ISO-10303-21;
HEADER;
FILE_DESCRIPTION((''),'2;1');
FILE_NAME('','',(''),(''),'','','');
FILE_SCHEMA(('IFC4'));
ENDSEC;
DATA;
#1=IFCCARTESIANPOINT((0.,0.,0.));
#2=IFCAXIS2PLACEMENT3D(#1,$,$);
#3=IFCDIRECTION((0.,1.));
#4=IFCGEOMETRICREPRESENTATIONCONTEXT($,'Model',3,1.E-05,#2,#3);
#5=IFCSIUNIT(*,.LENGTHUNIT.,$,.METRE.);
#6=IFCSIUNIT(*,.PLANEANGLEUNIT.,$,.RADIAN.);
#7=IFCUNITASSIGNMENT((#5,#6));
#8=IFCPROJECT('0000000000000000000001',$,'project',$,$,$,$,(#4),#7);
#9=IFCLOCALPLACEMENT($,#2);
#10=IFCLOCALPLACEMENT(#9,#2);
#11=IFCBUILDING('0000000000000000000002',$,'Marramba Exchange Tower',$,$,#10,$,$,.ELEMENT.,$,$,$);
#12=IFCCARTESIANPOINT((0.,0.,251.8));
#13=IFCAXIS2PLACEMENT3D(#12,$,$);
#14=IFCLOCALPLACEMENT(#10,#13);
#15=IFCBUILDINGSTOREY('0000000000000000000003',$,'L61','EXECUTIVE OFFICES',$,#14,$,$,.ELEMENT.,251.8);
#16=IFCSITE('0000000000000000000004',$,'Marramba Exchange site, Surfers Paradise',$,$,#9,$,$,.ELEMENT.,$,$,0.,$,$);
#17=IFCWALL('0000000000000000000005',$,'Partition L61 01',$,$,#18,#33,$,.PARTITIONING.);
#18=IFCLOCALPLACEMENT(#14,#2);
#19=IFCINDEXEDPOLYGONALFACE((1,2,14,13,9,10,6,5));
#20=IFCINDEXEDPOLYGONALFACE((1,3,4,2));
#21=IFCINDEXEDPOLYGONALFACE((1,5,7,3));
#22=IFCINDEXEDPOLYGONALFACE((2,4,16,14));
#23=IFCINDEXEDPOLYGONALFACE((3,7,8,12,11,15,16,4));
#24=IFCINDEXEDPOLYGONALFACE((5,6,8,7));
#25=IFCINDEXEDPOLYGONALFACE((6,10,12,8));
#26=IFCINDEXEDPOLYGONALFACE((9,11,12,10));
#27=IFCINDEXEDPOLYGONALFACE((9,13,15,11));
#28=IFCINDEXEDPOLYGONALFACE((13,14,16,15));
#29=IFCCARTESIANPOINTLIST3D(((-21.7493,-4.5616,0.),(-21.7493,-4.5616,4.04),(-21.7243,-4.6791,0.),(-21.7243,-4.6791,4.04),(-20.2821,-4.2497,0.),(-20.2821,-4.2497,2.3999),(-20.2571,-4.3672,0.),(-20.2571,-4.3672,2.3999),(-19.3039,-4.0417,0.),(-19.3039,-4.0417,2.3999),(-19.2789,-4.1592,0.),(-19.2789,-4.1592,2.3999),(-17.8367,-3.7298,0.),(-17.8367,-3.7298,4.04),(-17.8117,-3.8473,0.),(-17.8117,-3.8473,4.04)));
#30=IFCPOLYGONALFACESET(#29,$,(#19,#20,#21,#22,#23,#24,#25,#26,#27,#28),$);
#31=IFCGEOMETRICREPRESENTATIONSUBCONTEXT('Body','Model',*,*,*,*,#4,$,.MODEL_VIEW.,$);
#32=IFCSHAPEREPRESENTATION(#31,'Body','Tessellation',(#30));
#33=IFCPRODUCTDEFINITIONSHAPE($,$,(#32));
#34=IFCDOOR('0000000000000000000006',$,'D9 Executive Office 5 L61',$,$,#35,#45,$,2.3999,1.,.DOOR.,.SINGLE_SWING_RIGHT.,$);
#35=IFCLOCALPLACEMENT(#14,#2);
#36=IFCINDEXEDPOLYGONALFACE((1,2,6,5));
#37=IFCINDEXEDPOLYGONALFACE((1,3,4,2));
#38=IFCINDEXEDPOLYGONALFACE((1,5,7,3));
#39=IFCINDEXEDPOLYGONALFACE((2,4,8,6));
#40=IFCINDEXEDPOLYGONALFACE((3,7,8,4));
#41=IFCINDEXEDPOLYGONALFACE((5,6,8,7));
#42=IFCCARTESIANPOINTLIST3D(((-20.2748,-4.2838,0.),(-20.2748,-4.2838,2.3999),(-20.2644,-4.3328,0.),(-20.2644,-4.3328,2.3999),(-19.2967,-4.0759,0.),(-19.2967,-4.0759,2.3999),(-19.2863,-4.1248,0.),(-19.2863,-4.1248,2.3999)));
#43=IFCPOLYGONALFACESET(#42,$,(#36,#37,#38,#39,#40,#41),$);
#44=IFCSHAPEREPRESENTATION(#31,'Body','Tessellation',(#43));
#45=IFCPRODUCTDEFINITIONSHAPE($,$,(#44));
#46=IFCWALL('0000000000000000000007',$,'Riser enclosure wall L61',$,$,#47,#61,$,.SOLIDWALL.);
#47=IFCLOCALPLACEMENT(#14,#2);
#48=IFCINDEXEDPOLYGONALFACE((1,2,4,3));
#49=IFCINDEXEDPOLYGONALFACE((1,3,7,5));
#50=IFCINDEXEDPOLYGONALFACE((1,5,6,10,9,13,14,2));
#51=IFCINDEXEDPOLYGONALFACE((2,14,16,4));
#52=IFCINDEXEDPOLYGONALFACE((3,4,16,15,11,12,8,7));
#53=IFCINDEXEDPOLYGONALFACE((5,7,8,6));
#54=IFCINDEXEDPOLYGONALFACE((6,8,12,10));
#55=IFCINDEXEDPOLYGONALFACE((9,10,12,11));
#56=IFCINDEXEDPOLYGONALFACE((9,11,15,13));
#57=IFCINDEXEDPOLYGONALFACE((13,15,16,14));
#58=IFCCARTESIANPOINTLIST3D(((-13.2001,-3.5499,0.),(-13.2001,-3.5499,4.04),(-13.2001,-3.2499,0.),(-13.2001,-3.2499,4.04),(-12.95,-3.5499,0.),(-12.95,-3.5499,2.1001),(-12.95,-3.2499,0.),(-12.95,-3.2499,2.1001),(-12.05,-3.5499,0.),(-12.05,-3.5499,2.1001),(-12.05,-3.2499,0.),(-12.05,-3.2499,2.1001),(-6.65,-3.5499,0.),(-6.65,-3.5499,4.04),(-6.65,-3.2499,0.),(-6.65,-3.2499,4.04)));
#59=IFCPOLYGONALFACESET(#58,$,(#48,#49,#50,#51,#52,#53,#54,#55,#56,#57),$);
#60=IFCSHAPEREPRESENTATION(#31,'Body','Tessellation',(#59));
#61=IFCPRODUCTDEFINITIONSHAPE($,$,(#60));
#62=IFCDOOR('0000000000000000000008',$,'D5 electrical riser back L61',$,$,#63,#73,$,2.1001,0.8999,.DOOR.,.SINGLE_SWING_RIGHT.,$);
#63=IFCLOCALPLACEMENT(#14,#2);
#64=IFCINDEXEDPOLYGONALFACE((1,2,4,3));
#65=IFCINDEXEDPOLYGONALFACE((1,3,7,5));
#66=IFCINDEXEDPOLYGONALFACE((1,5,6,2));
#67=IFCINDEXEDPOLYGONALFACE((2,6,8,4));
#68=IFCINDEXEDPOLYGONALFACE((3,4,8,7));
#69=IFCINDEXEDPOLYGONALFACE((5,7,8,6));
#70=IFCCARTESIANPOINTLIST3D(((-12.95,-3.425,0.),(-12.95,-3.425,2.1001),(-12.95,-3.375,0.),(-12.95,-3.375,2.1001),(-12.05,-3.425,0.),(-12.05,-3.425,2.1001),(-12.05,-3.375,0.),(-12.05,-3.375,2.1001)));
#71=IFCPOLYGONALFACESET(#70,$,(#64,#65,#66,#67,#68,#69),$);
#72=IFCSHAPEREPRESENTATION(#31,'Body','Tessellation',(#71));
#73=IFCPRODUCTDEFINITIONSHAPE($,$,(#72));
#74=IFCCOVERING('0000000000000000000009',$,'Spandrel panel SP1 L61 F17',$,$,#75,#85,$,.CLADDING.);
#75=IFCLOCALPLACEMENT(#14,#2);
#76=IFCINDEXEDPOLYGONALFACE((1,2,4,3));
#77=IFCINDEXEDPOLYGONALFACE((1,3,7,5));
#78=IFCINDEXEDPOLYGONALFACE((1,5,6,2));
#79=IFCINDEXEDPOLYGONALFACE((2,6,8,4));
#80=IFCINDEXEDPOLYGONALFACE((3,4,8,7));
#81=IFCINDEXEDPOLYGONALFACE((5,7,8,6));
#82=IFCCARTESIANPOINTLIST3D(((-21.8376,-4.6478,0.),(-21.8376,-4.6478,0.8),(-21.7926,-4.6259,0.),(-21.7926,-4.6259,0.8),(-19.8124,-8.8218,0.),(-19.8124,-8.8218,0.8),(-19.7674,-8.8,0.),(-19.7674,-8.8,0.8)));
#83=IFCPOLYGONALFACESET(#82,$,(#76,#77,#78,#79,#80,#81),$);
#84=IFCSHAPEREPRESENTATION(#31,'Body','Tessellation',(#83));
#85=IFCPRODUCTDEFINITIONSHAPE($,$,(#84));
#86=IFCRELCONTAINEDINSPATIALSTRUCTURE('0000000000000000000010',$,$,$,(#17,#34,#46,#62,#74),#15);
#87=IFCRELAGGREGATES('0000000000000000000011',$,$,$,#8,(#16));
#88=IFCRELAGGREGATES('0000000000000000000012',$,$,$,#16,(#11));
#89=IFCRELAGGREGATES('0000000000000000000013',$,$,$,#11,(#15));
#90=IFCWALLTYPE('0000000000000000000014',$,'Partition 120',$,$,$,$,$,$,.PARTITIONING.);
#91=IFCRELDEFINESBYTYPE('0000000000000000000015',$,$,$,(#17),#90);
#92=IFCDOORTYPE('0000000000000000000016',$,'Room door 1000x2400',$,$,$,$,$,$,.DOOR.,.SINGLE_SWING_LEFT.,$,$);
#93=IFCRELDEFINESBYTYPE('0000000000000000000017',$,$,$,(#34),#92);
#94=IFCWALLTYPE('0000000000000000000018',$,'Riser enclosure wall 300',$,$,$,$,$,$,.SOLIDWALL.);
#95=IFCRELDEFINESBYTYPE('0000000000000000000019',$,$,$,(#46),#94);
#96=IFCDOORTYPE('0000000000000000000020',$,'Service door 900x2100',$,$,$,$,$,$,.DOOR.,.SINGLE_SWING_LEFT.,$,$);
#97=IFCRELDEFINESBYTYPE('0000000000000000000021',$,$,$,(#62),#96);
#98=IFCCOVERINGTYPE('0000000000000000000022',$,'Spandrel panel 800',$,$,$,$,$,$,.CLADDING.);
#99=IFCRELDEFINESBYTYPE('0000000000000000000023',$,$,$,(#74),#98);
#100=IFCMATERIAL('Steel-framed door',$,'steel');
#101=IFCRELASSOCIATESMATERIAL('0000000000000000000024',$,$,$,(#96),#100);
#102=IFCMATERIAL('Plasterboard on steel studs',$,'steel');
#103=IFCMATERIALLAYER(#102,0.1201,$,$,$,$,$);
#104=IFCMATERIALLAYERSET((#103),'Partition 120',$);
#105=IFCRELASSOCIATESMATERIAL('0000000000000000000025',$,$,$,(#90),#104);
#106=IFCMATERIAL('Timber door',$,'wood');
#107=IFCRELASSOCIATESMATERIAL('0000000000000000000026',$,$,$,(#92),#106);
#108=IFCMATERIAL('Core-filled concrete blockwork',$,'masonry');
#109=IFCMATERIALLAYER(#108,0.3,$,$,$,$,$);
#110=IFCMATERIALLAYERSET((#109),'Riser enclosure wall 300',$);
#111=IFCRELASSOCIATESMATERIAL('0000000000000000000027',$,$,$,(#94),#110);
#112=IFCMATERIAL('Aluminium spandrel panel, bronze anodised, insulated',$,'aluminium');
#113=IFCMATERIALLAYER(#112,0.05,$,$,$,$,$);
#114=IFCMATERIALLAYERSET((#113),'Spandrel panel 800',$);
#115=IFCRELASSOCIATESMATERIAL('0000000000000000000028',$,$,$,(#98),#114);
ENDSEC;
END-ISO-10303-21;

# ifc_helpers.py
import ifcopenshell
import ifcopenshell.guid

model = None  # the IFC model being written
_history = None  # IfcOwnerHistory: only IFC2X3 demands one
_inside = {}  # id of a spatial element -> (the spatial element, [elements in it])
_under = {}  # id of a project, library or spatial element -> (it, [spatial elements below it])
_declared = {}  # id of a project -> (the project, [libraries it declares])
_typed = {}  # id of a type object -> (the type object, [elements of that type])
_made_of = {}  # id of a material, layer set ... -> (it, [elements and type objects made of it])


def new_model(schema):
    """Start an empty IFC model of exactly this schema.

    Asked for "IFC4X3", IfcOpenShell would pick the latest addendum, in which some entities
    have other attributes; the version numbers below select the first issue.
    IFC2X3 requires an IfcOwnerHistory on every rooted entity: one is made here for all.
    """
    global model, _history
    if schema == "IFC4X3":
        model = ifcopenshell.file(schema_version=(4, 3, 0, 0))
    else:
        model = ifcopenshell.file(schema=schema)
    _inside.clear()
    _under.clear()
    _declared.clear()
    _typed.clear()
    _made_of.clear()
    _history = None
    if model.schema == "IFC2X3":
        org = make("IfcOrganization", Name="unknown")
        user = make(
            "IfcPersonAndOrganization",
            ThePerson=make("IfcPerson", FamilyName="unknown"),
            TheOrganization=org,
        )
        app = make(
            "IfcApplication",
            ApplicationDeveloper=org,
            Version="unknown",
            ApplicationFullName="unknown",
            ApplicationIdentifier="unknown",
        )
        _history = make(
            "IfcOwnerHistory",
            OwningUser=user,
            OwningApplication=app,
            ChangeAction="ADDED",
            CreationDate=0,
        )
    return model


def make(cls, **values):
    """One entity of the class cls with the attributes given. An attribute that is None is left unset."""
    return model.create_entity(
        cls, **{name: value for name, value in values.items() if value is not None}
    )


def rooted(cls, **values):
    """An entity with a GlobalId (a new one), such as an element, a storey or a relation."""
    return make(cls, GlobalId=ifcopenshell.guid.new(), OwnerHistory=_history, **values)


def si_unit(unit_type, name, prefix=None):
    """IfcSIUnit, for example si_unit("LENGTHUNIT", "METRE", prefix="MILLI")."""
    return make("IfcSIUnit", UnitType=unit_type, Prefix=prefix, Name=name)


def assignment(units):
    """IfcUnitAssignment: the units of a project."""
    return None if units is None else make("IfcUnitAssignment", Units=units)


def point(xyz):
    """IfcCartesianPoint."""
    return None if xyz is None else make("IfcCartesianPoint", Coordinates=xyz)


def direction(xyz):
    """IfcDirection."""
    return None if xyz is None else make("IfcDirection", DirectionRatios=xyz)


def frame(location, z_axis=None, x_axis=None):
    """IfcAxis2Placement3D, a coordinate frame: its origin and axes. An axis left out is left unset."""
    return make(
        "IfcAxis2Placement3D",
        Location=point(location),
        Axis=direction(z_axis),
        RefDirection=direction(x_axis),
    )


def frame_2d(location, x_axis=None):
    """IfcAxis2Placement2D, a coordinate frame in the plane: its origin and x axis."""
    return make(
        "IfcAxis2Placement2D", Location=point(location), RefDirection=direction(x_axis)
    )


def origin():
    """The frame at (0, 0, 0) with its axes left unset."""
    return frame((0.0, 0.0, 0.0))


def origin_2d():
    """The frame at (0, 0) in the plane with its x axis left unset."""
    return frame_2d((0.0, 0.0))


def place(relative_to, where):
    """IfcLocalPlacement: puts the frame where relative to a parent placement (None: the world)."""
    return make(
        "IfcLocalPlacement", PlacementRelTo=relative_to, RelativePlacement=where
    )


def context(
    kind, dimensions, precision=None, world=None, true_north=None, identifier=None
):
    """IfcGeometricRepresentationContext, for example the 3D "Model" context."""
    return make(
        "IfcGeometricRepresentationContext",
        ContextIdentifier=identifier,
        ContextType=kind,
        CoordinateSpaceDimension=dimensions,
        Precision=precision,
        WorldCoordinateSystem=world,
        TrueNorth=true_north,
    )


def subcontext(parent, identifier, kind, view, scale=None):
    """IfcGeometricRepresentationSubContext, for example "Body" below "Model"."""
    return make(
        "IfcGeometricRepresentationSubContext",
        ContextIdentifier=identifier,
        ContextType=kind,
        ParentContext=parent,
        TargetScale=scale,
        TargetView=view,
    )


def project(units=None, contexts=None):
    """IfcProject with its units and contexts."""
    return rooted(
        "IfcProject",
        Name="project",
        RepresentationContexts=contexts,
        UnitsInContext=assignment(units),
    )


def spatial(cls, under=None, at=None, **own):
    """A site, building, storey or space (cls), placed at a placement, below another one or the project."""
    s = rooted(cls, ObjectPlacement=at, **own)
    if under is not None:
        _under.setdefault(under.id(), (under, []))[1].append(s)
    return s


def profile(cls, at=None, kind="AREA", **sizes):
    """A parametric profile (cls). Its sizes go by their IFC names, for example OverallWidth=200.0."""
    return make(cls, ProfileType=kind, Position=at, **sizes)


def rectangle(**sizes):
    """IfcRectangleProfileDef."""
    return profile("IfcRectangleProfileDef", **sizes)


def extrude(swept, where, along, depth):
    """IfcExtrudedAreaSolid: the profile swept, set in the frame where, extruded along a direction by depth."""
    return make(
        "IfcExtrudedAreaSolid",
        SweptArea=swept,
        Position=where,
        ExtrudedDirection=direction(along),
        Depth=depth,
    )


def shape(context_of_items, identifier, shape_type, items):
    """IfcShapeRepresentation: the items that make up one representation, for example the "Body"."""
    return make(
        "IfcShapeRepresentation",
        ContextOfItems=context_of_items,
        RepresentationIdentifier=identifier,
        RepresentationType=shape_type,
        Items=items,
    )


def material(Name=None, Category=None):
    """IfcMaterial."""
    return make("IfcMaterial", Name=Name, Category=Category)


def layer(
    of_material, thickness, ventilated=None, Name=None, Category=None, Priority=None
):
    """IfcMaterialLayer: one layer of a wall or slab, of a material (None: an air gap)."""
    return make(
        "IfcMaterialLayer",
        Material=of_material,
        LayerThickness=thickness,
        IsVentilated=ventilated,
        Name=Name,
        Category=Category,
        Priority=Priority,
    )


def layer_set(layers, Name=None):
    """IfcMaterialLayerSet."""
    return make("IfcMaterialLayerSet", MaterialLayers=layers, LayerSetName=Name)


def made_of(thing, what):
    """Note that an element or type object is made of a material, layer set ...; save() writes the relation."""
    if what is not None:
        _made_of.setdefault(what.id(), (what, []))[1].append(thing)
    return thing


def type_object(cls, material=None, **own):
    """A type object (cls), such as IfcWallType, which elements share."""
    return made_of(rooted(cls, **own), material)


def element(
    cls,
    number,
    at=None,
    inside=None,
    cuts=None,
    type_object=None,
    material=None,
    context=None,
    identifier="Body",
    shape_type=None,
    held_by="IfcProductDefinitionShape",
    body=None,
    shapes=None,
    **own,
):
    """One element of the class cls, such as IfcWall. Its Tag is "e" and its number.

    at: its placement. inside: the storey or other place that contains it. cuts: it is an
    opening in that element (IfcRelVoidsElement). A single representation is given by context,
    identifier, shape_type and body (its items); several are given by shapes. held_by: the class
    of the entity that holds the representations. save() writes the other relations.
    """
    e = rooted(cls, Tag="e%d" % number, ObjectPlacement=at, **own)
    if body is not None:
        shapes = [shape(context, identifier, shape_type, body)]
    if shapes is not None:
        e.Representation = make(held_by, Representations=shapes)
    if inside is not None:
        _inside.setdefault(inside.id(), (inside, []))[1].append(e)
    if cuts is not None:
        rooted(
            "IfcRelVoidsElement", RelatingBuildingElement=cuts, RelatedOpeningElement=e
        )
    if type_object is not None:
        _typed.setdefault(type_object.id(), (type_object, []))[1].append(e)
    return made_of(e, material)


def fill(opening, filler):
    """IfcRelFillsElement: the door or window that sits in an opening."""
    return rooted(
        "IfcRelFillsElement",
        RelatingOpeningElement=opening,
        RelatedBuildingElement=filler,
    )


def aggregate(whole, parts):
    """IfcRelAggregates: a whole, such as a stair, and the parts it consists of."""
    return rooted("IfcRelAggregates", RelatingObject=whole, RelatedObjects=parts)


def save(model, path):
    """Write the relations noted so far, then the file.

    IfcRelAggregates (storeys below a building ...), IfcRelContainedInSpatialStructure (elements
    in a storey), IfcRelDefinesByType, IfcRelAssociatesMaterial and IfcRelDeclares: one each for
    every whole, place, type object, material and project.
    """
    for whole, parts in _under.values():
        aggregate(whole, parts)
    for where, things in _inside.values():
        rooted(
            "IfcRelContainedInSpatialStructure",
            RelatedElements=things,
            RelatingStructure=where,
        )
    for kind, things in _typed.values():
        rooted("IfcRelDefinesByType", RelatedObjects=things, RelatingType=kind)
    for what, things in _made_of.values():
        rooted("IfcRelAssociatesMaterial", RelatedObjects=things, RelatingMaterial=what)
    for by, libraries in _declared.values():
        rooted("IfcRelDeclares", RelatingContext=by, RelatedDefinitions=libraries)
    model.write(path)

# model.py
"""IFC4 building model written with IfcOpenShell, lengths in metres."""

from ifc_helpers import new_model, si_unit, direction, frame, frame_2d, origin, origin_2d, place, context, subcontext, project, spatial, rectangle, extrude, material, layer, layer_set, type_object, element, fill, save


model = new_model("IFC4")

# Units and contexts
model_context = context("Model", 3, precision=1e-05, world=origin(), true_north=direction((0.0, 1.0)))
body_context = subcontext(model_context, "Body", "Model", "MODEL_VIEW")
ifc_project = project(units=[si_unit("LENGTHUNIT", "METRE"), si_unit("PLANEANGLEUNIT", "RADIAN")], contexts=[model_context])

# Site, building, storey
site_placement = place(None, origin())
site = spatial("IfcSite", under=ifc_project, at=site_placement, Name="Marramba Exchange site, Surfers Paradise", CompositionType="ELEMENT", RefElevation=0.0)
building_placement = place(site_placement, origin())
building = spatial("IfcBuilding", under=site, at=building_placement, Name="Marramba Exchange Tower", CompositionType="ELEMENT")
storey_placement = place(building_placement, frame((0.0, 0.0, 251.8)))
storey = spatial("IfcBuildingStorey", under=building, at=storey_placement, Name="L61", Description="EXECUTIVE OFFICES", CompositionType="ELEMENT", Elevation=251.8)

# Shared definitions
ifc_material_1 = material(Name="Steel-framed door", Category="steel")
door_type_1 = type_object("IfcDoorType", Name="Service door 900x2100", OperationType="SINGLE_SWING_LEFT", PredefinedType="DOOR", material=ifc_material_1)

# Walls, openings, doors
ifc_material_2 = material(Name="Plasterboard on steel studs", Category="steel")
ifc_layer_1 = layer(ifc_material_2, 0.1201)
ifc_layer_set_1 = layer_set([ifc_layer_1], Name="Partition 120")
wall_type_1 = type_object("IfcWallType", Name="Partition 120", PredefinedType="PARTITIONING", material=ifc_layer_set_1)
wall_1_placement = place(storey_placement, frame((-17.8242, -3.7886, 0.0), z_axis=(0.0, 0.0, 1.0), x_axis=(-0.978141, -0.207945, 0.0)))
wall_1 = element("IfcWall", 1, at=wall_1_placement, inside=storey, type_object=wall_type_1, Name="Partition L61 01", PredefinedType="PARTITIONING", context=body_context, shape_type="SweptSolid", body=[
    extrude(rectangle(XDim=4.0, YDim=0.1201, at=frame_2d((2.0, 0.0))), origin(), (0.0, 0.0, 1.0), 4.04),
])
opening_1_placement = place(wall_1_placement, frame((1.5, 0.0, 0.0)))
opening_1 = element("IfcOpeningElement", 2, at=opening_1_placement, cuts=wall_1, PredefinedType="OPENING", context=body_context, shape_type="SweptSolid", body=[
    extrude(rectangle(XDim=1.0, YDim=2.3999, at=frame_2d((0.5, 1.2))), frame((0.0, 0.0701, 0.0), z_axis=(0.0, -1.0, 0.0), x_axis=(1.0, 0.0, 0.0)), (0.0, 0.0, 1.0), 0.1401),
])
ifc_material_3 = material(Name="Timber door", Category="wood")
door_type_2 = type_object("IfcDoorType", Name="Room door 1000x2400", OperationType="SINGLE_SWING_LEFT", PredefinedType="DOOR", material=ifc_material_3)
door_1_placement = place(opening_1_placement, origin())
door_1 = element("IfcDoor", 3, at=door_1_placement, inside=storey, type_object=door_type_2, Name="D9 Executive Office 5 L61", OperationType="SINGLE_SWING_RIGHT", OverallHeight=2.3999, OverallWidth=1.0, PredefinedType="DOOR", context=body_context, shape_type="SweptSolid", body=[
    extrude(rectangle(XDim=1.0, YDim=2.3999, at=frame_2d((0.5, 1.2))), frame((0.0, 0.0249, 0.0), z_axis=(0.0, -1.0, 0.0), x_axis=(1.0, 0.0, 0.0)), (0.0, 0.0, 1.0), 0.05),
])
fill(opening_1, door_1)
ifc_material_4 = material(Name="Core-filled concrete blockwork", Category="masonry")
ifc_layer_2 = layer(ifc_material_4, 0.3)
ifc_layer_set_2 = layer_set([ifc_layer_2], Name="Riser enclosure wall 300")
wall_type_2 = type_object("IfcWallType", Name="Riser enclosure wall 300", PredefinedType="SOLIDWALL", material=ifc_layer_set_2)
wall_2_placement = place(storey_placement, frame((-13.2, -3.3999, 0.0), z_axis=(0.0, 0.0, 1.0), x_axis=(1.0, 0.0, 0.0)))
wall_2 = element("IfcWall", 4, at=wall_2_placement, inside=storey, type_object=wall_type_2, Name="Riser enclosure wall L61", PredefinedType="SOLIDWALL", context=body_context, shape_type="SweptSolid", body=[
    extrude(rectangle(XDim=6.55, YDim=0.3, at=frame_2d((3.2749, 0.0))), origin(), (0.0, 0.0, 1.0), 4.04),
])
opening_2_placement = place(wall_2_placement, frame((0.25, 0.0, 0.0)))
opening_2 = element("IfcOpeningElement", 5, at=opening_2_placement, cuts=wall_2, PredefinedType="OPENING", context=body_context, shape_type="SweptSolid", body=[
    extrude(rectangle(XDim=0.8999, YDim=2.1001, at=frame_2d((0.45, 1.05))), frame((0.0, 0.1599, 0.0), z_axis=(0.0, -1.0, 0.0), x_axis=(1.0, 0.0, 0.0)), (0.0, 0.0, 1.0), 0.3201),
])
door_2_placement = place(opening_2_placement, frame((0.8999, 0.0, 0.0), z_axis=(0.0, 0.0, 1.0), x_axis=(-1.0, 0.0, 0.0)))
door_2 = element("IfcDoor", 6, at=door_2_placement, inside=storey, type_object=door_type_1, Name="D5 electrical riser back L61", OperationType="SINGLE_SWING_RIGHT", OverallHeight=2.1001, OverallWidth=0.8999, PredefinedType="DOOR", context=body_context, shape_type="SweptSolid", body=[
    extrude(rectangle(XDim=0.8999, YDim=2.1001, at=frame_2d((0.45, 1.05))), frame((0.0, 0.0251, 0.0), z_axis=(0.0, -1.0, 0.0), x_axis=(1.0, 0.0, 0.0)), (0.0, 0.0, 1.0), 0.05),
])
fill(opening_2, door_2)

# Covering
ifc_material_5 = material(Name="Aluminium spandrel panel, bronze anodised, insulated", Category="aluminium")
ifc_layer_3 = layer(ifc_material_5, 0.05)
ifc_layer_set_3 = layer_set([ifc_layer_3], Name="Spandrel panel 800")
covering_type = type_object("IfcCoveringType", Name="Spandrel panel 800", PredefinedType="CLADDING", material=ifc_layer_set_3)
covering_placement = place(storey_placement, frame((-20.8025, -6.7239, 0.0), z_axis=(0.0, 0.0, 1.0), x_axis=(0.436515, -0.899697, 0.0)))
element("IfcCovering", 7, at=covering_placement, inside=storey, type_object=covering_type, Name="Spandrel panel SP1 L61 F17", PredefinedType="CLADDING", context=body_context, shape_type="SweptSolid", body=[
    extrude(rectangle(XDim=4.6394, YDim=0.05, at=origin_2d()), origin(), (0.0, 0.0, 1.0), 0.8),
])

save(model, "model.ifc")
